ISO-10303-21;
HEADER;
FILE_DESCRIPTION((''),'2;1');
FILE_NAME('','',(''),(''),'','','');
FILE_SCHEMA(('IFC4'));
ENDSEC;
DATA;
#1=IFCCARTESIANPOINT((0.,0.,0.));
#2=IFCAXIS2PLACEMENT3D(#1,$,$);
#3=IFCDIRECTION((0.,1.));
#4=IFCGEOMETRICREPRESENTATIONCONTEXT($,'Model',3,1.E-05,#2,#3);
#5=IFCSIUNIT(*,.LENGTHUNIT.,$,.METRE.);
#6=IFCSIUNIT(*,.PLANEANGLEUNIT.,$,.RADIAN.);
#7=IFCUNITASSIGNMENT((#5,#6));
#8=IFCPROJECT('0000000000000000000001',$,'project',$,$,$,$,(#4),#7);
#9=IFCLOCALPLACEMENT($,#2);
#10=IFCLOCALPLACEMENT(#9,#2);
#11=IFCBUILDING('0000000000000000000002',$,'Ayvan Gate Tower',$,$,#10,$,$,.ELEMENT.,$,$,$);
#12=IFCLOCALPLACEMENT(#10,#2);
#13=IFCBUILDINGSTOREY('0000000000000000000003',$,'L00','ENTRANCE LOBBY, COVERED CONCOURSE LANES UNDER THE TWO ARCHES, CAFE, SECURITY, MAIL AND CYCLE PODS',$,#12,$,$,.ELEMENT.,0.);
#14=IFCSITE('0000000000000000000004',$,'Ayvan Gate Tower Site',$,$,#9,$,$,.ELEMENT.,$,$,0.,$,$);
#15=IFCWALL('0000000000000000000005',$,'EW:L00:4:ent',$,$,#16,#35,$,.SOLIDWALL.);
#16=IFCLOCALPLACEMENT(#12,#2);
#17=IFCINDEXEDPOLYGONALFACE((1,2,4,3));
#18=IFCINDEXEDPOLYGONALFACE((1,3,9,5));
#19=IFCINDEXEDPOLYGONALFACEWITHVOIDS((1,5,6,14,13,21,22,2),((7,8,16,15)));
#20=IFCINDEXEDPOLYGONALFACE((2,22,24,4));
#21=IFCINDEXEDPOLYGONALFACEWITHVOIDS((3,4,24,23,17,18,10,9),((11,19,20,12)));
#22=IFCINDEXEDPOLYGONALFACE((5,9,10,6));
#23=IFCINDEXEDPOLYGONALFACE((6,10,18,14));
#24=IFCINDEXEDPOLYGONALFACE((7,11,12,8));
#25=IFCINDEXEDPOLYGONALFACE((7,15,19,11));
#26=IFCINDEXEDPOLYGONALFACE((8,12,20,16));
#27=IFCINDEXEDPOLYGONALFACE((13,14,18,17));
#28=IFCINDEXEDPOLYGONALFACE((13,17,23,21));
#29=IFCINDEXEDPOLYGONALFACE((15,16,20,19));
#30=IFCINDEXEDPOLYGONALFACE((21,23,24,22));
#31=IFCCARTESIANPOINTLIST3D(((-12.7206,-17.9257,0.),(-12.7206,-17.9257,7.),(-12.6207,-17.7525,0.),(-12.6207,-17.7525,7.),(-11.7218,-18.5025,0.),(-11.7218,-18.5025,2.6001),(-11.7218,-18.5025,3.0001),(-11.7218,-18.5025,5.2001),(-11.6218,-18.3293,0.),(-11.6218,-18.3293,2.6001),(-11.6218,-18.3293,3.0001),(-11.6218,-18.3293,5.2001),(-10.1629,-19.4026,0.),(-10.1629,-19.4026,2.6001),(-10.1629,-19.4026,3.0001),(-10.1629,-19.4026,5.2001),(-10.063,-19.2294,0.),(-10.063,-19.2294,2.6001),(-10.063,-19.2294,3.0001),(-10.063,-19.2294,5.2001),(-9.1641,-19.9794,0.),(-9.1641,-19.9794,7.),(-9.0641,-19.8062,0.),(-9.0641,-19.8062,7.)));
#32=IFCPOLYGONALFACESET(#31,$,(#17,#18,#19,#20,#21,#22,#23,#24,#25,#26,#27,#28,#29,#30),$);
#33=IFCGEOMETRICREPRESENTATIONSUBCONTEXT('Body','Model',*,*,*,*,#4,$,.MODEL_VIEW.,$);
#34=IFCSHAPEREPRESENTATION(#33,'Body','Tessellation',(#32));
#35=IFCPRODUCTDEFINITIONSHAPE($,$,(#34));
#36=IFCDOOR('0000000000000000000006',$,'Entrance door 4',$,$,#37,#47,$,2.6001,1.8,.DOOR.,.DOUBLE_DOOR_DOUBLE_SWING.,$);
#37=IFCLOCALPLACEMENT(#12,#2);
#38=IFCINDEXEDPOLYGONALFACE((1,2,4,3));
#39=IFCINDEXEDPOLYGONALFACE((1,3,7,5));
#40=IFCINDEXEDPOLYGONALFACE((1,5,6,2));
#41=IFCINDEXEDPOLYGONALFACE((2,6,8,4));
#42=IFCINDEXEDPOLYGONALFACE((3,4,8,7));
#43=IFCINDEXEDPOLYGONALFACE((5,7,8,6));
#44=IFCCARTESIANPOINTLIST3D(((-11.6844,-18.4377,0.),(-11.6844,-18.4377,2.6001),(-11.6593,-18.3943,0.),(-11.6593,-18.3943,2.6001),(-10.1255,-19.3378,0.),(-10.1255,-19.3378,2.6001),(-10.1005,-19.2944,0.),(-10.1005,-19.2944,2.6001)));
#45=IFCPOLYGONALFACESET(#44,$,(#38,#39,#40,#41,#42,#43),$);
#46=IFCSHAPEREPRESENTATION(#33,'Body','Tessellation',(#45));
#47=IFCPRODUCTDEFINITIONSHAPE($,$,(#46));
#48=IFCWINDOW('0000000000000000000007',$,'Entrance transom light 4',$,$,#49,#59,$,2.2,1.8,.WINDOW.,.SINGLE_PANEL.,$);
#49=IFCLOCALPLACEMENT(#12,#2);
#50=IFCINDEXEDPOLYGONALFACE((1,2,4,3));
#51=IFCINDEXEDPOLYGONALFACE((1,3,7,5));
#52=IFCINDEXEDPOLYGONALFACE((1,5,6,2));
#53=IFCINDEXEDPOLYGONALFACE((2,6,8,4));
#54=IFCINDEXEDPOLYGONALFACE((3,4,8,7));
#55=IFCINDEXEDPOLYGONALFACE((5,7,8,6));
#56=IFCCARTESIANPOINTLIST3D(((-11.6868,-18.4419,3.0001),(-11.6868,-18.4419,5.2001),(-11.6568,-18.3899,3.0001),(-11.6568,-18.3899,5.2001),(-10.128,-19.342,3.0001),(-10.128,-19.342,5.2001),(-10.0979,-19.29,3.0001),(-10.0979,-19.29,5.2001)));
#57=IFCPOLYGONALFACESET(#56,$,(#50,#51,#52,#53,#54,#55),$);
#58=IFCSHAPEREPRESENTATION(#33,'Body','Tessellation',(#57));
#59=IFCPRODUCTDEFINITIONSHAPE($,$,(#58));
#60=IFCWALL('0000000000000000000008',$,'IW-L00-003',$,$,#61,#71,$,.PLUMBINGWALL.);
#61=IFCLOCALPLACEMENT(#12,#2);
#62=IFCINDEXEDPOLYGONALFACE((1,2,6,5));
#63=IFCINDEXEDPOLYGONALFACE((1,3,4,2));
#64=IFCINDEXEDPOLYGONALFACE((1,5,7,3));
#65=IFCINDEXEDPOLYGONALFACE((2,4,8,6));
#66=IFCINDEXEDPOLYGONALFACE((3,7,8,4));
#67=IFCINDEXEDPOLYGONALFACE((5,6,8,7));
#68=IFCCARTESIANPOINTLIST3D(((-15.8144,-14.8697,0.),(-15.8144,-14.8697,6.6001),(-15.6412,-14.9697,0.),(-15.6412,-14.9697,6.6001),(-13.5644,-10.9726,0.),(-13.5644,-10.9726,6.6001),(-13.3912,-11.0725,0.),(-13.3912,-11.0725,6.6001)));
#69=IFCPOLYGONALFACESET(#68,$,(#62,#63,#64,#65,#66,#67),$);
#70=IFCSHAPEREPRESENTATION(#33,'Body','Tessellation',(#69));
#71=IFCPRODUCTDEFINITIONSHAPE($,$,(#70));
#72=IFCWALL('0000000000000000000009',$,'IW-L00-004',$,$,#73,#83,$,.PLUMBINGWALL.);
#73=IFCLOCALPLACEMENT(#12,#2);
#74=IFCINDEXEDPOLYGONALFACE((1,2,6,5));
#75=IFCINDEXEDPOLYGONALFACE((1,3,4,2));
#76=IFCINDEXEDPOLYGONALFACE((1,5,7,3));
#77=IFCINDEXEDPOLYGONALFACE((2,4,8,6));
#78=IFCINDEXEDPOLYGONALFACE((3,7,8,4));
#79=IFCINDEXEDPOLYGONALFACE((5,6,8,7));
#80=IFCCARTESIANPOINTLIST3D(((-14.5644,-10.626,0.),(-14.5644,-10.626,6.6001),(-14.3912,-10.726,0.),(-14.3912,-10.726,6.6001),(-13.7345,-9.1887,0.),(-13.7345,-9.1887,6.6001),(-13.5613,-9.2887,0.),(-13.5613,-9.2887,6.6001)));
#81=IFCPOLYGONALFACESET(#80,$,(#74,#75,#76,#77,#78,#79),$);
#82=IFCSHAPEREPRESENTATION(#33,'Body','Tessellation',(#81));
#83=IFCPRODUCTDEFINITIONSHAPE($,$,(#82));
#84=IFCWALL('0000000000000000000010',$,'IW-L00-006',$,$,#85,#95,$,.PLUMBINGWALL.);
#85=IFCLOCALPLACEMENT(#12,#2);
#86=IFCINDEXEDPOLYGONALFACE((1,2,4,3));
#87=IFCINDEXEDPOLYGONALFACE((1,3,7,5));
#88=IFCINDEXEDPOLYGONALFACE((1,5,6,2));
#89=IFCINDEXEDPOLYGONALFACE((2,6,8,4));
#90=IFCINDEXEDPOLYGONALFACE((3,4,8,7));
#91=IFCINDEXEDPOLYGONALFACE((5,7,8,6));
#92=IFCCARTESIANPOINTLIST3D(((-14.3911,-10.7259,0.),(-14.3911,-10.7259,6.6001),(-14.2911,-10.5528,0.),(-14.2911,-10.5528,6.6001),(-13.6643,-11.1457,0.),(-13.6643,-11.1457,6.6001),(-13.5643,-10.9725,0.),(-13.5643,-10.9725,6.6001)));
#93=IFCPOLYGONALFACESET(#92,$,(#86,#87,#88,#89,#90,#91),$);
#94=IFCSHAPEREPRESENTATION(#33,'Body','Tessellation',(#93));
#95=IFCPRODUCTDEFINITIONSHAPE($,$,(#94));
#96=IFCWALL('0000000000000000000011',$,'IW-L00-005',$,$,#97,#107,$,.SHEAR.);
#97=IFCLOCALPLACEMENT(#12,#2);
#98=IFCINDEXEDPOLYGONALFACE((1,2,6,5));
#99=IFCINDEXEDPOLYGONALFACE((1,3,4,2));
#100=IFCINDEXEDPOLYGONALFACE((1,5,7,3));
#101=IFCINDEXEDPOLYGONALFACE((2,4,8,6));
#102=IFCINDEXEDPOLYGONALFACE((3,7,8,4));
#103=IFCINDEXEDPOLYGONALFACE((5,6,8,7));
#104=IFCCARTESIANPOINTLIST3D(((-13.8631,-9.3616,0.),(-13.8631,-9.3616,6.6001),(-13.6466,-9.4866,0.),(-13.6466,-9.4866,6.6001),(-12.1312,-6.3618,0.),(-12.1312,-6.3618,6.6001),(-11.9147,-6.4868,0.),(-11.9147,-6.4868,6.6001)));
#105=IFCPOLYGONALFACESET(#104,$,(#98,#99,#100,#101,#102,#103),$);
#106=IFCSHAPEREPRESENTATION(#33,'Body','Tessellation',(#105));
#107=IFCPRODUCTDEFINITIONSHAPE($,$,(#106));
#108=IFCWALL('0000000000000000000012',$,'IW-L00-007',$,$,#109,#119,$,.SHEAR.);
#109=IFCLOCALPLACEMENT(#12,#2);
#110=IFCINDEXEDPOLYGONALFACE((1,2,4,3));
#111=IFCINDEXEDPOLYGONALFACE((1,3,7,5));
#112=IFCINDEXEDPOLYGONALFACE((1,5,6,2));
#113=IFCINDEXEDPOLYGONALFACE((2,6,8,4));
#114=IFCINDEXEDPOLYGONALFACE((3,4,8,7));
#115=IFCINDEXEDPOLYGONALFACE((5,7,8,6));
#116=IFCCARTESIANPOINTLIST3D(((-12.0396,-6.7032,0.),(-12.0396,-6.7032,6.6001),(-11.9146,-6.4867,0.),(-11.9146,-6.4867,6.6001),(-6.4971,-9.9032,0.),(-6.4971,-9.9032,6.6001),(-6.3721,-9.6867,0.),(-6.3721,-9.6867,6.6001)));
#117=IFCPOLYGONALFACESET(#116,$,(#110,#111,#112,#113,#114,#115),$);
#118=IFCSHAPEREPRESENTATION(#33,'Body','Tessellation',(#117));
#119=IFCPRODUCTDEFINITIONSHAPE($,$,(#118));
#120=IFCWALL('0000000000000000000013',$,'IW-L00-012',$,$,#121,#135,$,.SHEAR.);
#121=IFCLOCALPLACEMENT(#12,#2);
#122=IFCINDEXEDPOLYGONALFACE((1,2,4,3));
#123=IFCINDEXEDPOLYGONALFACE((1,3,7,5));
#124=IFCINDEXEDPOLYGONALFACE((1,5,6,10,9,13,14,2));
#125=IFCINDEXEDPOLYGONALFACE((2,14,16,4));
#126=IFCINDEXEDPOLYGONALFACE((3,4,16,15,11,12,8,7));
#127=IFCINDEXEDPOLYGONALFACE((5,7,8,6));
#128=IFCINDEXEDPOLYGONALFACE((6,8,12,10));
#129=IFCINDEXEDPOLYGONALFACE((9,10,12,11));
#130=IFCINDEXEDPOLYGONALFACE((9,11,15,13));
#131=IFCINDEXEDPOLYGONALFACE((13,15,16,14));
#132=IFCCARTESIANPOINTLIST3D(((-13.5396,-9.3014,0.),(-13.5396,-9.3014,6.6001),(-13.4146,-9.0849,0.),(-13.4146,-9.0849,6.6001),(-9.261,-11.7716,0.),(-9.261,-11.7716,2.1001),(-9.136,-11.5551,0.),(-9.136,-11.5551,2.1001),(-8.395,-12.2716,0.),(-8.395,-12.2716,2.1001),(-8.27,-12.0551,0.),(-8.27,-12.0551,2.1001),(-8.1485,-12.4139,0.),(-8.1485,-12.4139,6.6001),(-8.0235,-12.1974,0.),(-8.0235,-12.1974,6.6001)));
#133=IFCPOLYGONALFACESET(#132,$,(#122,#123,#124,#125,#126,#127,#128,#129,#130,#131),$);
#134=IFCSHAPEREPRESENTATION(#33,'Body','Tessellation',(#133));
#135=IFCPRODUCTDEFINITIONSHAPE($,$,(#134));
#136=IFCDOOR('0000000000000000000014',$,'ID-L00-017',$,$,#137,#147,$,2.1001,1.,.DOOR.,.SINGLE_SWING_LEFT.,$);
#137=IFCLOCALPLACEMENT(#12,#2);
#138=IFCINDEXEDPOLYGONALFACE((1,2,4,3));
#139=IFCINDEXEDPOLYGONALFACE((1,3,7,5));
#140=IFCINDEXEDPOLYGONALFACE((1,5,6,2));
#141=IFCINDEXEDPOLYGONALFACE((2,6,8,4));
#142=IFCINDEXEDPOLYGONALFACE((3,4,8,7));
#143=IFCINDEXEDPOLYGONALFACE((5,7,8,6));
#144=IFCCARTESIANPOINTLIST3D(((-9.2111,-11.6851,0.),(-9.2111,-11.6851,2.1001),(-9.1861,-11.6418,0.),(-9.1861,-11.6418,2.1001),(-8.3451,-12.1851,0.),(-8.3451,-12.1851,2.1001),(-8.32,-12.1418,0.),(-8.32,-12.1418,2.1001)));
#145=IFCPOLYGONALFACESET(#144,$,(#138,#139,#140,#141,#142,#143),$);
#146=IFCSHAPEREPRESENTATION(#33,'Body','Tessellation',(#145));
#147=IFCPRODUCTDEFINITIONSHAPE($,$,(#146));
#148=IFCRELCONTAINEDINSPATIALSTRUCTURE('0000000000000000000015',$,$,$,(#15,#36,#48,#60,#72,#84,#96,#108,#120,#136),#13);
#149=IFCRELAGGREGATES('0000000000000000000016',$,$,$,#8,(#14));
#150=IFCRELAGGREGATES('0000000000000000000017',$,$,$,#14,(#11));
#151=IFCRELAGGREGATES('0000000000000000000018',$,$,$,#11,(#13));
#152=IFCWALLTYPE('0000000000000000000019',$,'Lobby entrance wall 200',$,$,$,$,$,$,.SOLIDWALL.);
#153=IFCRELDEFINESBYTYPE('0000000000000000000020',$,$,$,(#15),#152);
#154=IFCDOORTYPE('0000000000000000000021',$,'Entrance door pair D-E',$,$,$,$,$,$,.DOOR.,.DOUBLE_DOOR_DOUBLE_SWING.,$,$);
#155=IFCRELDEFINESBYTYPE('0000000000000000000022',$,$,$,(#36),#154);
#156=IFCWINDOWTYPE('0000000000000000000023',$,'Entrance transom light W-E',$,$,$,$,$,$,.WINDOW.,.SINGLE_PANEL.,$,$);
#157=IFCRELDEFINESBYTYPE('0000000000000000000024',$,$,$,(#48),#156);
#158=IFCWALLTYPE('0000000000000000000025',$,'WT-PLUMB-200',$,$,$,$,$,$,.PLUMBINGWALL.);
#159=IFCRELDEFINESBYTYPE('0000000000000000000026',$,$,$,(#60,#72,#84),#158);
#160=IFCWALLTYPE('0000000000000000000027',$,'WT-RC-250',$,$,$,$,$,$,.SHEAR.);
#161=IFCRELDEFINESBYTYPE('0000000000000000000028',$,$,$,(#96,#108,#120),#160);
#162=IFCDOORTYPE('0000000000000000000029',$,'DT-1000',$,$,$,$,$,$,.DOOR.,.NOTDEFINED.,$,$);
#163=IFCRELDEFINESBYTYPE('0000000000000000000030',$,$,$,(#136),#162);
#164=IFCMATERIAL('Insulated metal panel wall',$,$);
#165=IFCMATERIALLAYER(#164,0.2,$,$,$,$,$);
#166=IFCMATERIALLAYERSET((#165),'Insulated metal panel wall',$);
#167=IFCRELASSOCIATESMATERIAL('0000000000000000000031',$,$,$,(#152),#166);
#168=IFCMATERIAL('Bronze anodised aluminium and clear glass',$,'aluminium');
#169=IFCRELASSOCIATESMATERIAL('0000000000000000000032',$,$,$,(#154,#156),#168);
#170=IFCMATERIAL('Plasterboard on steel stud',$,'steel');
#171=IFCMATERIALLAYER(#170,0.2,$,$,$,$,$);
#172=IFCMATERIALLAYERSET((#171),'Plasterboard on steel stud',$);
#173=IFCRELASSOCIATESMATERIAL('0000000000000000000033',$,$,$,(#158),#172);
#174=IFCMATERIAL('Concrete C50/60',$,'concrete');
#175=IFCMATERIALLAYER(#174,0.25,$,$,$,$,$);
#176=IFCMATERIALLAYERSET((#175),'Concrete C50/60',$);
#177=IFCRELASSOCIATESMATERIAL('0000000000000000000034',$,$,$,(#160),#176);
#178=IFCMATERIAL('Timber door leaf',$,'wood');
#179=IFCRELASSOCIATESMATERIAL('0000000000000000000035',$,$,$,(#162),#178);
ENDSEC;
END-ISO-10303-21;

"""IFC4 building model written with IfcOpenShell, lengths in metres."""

from ifc_helpers import new_model, si_unit, direction, frame, frame_2d, origin, place, context, subcontext, project, spatial, rectangle, extrude, material, layer, layer_set, type_object, element, fill, save


model = new_model("IFC4")

# Units and contexts
model_context = context("Model", 3, precision=1e-05, world=origin(), true_north=direction((0.0, 1.0)))
body_context = subcontext(model_context, "Body", "Model", "MODEL_VIEW")
ifc_project = project(units=[si_unit("LENGTHUNIT", "METRE"), si_unit("PLANEANGLEUNIT", "RADIAN")], contexts=[model_context])

# Site, building, storey
site_placement = place(None, origin())
site = spatial("IfcSite", under=ifc_project, at=site_placement, Name="Ayvan Gate Tower Site", CompositionType="ELEMENT", RefElevation=0.0)
building_placement = place(site_placement, origin())
building = spatial("IfcBuilding", under=site, at=building_placement, Name="Ayvan Gate Tower", CompositionType="ELEMENT")
storey_placement = place(building_placement, origin())
storey = spatial("IfcBuildingStorey", under=building, at=storey_placement, Name="L00", Description="ENTRANCE LOBBY, COVERED CONCOURSE LANES UNDER THE TWO ARCHES, CAFE, SECURITY, MAIL AND CYCLE PODS", CompositionType="ELEMENT", Elevation=0.0)

# Wall, openings, door, window
ifc_material_1 = material(Name="Insulated metal panel wall")
ifc_layer_1 = layer(ifc_material_1, 0.2)
ifc_layer_set_1 = layer_set([ifc_layer_1], Name="Insulated metal panel wall")
wall_type_1 = type_object("IfcWallType", Name="Lobby entrance wall 200", PredefinedType="SOLIDWALL", material=ifc_layer_set_1)
wall_1_placement = place(storey_placement, frame((-12.6707, -17.8391, 0.0), z_axis=(0.0, 0.0, 1.0), x_axis=(0.865996, -0.500052, 0.0)))
wall_1 = element("IfcWall", 1, at=wall_1_placement, inside=storey, type_object=wall_type_1, Name="EW:L00:4:ent", PredefinedType="SOLIDWALL", context=body_context, shape_type="SweptSolid", body=[
    extrude(rectangle(XDim=4.1069, YDim=0.2, at=frame_2d((2.0535, 0.0))), origin(), (0.0, 0.0, 1.0), 7.0),
])
opening_1_placement = place(wall_1_placement, frame((1.1536, 0.0, 0.0)))
opening_1 = element("IfcOpeningElement", 2, at=opening_1_placement, cuts=wall_1, PredefinedType="OPENING", context=body_context, shape_type="SweptSolid", body=[
    extrude(rectangle(XDim=1.8, YDim=2.6001, at=frame_2d((0.8999, 1.3))), frame((0.0, 0.1099, 0.0), z_axis=(0.0, -1.0, 0.0), x_axis=(1.0, 0.0, 0.0)), (0.0, 0.0, 1.0), 0.22),
])
opening_2_placement = place(wall_1_placement, frame((1.1536, 0.0, 3.0)))
opening_2 = element("IfcOpeningElement", 3, at=opening_2_placement, cuts=wall_1, PredefinedType="OPENING", context=body_context, shape_type="SweptSolid", body=[
    extrude(rectangle(XDim=1.8, YDim=2.2, at=frame_2d((0.8999, 1.1001))), frame((0.0, 0.1099, 0.0), z_axis=(0.0, -1.0, 0.0), x_axis=(1.0, 0.0, 0.0)), (0.0, 0.0, 1.0), 0.22),
])
ifc_material_2 = material(Name="Bronze anodised aluminium and clear glass", Category="aluminium")
door_type_1 = type_object("IfcDoorType", Name="Entrance door pair D-E", OperationType="DOUBLE_DOOR_DOUBLE_SWING", PredefinedType="DOOR", material=ifc_material_2)
door_1_placement = place(opening_1_placement, origin())
door_1 = element("IfcDoor", 4, at=door_1_placement, inside=storey, type_object=door_type_1, Name="Entrance door 4", OperationType="DOUBLE_DOOR_DOUBLE_SWING", OverallHeight=2.6001, OverallWidth=1.8, PredefinedType="DOOR", context=body_context, shape_type="SweptSolid", body=[
    extrude(rectangle(XDim=1.8, YDim=2.6001, at=frame_2d((0.8999, 1.3))), frame((0.0, 0.0249, 0.0), z_axis=(0.0, -1.0, 0.0), x_axis=(1.0, 0.0, 0.0)), (0.0, 0.0, 1.0), 0.05),
])
fill(opening_1, door_1)
window_type = type_object("IfcWindowType", Name="Entrance transom light W-E", PartitioningType="SINGLE_PANEL", PredefinedType="WINDOW", material=ifc_material_2)
window_placement = place(opening_2_placement, origin())
window = element("IfcWindow", 5, at=window_placement, inside=storey, type_object=window_type, Name="Entrance transom light 4", OverallHeight=2.2, OverallWidth=1.8, PartitioningType="SINGLE_PANEL", PredefinedType="WINDOW", context=body_context, shape_type="SweptSolid", body=[
    extrude(rectangle(XDim=1.8, YDim=2.2, at=frame_2d((0.8999, 1.1001))), frame((0.0, 0.03, 0.0), z_axis=(0.0, -1.0, 0.0), x_axis=(1.0, 0.0, 0.0)), (0.0, 0.0, 1.0), 0.0601),
])
fill(opening_2, window)

# Walls
ifc_material_3 = material(Name="Plasterboard on steel stud", Category="steel")
ifc_layer_2 = layer(ifc_material_3, 0.2)
ifc_layer_set_2 = layer_set([ifc_layer_2], Name="Plasterboard on steel stud")
wall_type_2 = type_object("IfcWallType", Name="WT-PLUMB-200", PredefinedType="PLUMBINGWALL", material=ifc_layer_set_2)
wall_2_placement = place(storey_placement, frame((-15.7278, -14.9197, 0.0), z_axis=(0.0, 0.0, 1.0), x_axis=(0.49999, 0.866031, 0.0)))
element("IfcWall", 6, at=wall_2_placement, inside=storey, type_object=wall_type_2, Name="IW-L00-003", PredefinedType="PLUMBINGWALL", context=body_context, shape_type="SweptSolid", body=[
    extrude(rectangle(XDim=4.5, YDim=0.2, at=frame_2d((2.25, 0.0))), origin(), (0.0, 0.0, 1.0), 6.6001),
])
wall_3_placement = place(storey_placement, frame((-14.4778, -10.676, 0.0), z_axis=(0.0, 0.0, 1.0), x_axis=(0.500015, 0.866017, 0.0)))
element("IfcWall", 7, at=wall_3_placement, inside=storey, type_object=wall_type_2, Name="IW-L00-004", PredefinedType="PLUMBINGWALL", context=body_context, shape_type="SweptSolid", body=[
    extrude(rectangle(XDim=1.6597, YDim=0.2, at=frame_2d((0.8298, 0.0))), origin(), (0.0, 0.0, 1.0), 6.6001),
])
wall_4_placement = place(storey_placement, frame((-13.6143, -11.0591, 0.0), z_axis=(0.0, 0.0, 1.0), x_axis=(-0.865997, 0.50005, 0.0)))
element("IfcWall", 8, at=wall_4_placement, inside=storey, type_object=wall_type_2, Name="IW-L00-006", PredefinedType="PLUMBINGWALL", context=body_context, shape_type="SweptSolid", body=[
    extrude(rectangle(XDim=0.8394, YDim=0.2, at=frame_2d((0.4197, 0.0))), origin(), (0.0, 0.0, 1.0), 6.6001),
])
ifc_material_4 = material(Name="Concrete C50/60", Category="concrete")
ifc_layer_3 = layer(ifc_material_4, 0.25)
ifc_layer_set_3 = layer_set([ifc_layer_3], Name="Concrete C50/60")
wall_type_3 = type_object("IfcWallType", Name="WT-RC-250", PredefinedType="SHEAR", material=ifc_layer_set_3)
wall_5_placement = place(storey_placement, frame((-13.7549, -9.4241, 0.0), z_axis=(0.0, 0.0, 1.0), x_axis=(0.500005, 0.866022, 0.0)))
element("IfcWall", 9, at=wall_5_placement, inside=storey, type_object=wall_type_3, Name="IW-L00-005", PredefinedType="SHEAR", context=body_context, shape_type="SweptSolid", body=[
    extrude(rectangle(XDim=3.4639, YDim=0.25, at=frame_2d((1.7319, 0.0))), origin(), (0.0, 0.0, 1.0), 6.6001),
])
wall_6_placement = place(storey_placement, frame((-11.9771, -6.595, 0.0), z_axis=(0.0, 0.0, 1.0), x_axis=(0.866025, -0.5, 0.0)))
element("IfcWall", 10, at=wall_6_placement, inside=storey, type_object=wall_type_3, Name="IW-L00-007", PredefinedType="SHEAR", context=body_context, shape_type="SweptSolid", body=[
    extrude(rectangle(XDim=6.3999, YDim=0.25, at=frame_2d((3.2, 0.0))), origin(), (0.0, 0.0, 1.0), 6.6001),
])

# Wall, opening, door
wall_7_placement = place(storey_placement, frame((-13.4771, -9.1931, 0.0), z_axis=(0.0, 0.0, 1.0), x_axis=(0.866026, -0.499999, 0.0)))
wall_7 = element("IfcWall", 11, at=wall_7_placement, inside=storey, type_object=wall_type_3, Name="IW-L00-012", PredefinedType="SHEAR", context=body_context, shape_type="SweptSolid", body=[
    extrude(rectangle(XDim=6.2251, YDim=0.25, at=frame_2d((3.1125, 0.0))), origin(), (0.0, 0.0, 1.0), 6.6001),
])
opening_3_placement = place(wall_7_placement, frame((4.9404, 0.0, 0.0)))
opening_3 = element("IfcOpeningElement", 12, at=opening_3_placement, cuts=wall_7, PredefinedType="OPENING", context=body_context, shape_type="SweptSolid", body=[
    extrude(rectangle(XDim=1.0, YDim=2.1001, at=frame_2d((0.5, 1.05))), frame((0.0, 0.135, 0.0), z_axis=(0.0, -1.0, 0.0), x_axis=(1.0, 0.0, 0.0)), (0.0, 0.0, 1.0), 0.27),
])
ifc_material_5 = material(Name="Timber door leaf", Category="wood")
door_type_2 = type_object("IfcDoorType", Name="DT-1000", OperationType="NOTDEFINED", PredefinedType="DOOR", material=ifc_material_5)
door_2_placement = place(opening_3_placement, origin())
door_2 = element("IfcDoor", 13, at=door_2_placement, inside=storey, type_object=door_type_2, Name="ID-L00-017", OperationType="SINGLE_SWING_LEFT", OverallHeight=2.1001, OverallWidth=1.0, PredefinedType="DOOR", context=body_context, shape_type="SweptSolid", body=[
    extrude(rectangle(XDim=1.0, YDim=2.1001, at=frame_2d((0.5, 1.05))), frame((0.0, 0.0249, 0.0), z_axis=(0.0, -1.0, 0.0), x_axis=(1.0, 0.0, 0.0)), (0.0, 0.0, 1.0), 0.05),
])
fill(opening_3, door_2)

save(model, "model.ifc")
